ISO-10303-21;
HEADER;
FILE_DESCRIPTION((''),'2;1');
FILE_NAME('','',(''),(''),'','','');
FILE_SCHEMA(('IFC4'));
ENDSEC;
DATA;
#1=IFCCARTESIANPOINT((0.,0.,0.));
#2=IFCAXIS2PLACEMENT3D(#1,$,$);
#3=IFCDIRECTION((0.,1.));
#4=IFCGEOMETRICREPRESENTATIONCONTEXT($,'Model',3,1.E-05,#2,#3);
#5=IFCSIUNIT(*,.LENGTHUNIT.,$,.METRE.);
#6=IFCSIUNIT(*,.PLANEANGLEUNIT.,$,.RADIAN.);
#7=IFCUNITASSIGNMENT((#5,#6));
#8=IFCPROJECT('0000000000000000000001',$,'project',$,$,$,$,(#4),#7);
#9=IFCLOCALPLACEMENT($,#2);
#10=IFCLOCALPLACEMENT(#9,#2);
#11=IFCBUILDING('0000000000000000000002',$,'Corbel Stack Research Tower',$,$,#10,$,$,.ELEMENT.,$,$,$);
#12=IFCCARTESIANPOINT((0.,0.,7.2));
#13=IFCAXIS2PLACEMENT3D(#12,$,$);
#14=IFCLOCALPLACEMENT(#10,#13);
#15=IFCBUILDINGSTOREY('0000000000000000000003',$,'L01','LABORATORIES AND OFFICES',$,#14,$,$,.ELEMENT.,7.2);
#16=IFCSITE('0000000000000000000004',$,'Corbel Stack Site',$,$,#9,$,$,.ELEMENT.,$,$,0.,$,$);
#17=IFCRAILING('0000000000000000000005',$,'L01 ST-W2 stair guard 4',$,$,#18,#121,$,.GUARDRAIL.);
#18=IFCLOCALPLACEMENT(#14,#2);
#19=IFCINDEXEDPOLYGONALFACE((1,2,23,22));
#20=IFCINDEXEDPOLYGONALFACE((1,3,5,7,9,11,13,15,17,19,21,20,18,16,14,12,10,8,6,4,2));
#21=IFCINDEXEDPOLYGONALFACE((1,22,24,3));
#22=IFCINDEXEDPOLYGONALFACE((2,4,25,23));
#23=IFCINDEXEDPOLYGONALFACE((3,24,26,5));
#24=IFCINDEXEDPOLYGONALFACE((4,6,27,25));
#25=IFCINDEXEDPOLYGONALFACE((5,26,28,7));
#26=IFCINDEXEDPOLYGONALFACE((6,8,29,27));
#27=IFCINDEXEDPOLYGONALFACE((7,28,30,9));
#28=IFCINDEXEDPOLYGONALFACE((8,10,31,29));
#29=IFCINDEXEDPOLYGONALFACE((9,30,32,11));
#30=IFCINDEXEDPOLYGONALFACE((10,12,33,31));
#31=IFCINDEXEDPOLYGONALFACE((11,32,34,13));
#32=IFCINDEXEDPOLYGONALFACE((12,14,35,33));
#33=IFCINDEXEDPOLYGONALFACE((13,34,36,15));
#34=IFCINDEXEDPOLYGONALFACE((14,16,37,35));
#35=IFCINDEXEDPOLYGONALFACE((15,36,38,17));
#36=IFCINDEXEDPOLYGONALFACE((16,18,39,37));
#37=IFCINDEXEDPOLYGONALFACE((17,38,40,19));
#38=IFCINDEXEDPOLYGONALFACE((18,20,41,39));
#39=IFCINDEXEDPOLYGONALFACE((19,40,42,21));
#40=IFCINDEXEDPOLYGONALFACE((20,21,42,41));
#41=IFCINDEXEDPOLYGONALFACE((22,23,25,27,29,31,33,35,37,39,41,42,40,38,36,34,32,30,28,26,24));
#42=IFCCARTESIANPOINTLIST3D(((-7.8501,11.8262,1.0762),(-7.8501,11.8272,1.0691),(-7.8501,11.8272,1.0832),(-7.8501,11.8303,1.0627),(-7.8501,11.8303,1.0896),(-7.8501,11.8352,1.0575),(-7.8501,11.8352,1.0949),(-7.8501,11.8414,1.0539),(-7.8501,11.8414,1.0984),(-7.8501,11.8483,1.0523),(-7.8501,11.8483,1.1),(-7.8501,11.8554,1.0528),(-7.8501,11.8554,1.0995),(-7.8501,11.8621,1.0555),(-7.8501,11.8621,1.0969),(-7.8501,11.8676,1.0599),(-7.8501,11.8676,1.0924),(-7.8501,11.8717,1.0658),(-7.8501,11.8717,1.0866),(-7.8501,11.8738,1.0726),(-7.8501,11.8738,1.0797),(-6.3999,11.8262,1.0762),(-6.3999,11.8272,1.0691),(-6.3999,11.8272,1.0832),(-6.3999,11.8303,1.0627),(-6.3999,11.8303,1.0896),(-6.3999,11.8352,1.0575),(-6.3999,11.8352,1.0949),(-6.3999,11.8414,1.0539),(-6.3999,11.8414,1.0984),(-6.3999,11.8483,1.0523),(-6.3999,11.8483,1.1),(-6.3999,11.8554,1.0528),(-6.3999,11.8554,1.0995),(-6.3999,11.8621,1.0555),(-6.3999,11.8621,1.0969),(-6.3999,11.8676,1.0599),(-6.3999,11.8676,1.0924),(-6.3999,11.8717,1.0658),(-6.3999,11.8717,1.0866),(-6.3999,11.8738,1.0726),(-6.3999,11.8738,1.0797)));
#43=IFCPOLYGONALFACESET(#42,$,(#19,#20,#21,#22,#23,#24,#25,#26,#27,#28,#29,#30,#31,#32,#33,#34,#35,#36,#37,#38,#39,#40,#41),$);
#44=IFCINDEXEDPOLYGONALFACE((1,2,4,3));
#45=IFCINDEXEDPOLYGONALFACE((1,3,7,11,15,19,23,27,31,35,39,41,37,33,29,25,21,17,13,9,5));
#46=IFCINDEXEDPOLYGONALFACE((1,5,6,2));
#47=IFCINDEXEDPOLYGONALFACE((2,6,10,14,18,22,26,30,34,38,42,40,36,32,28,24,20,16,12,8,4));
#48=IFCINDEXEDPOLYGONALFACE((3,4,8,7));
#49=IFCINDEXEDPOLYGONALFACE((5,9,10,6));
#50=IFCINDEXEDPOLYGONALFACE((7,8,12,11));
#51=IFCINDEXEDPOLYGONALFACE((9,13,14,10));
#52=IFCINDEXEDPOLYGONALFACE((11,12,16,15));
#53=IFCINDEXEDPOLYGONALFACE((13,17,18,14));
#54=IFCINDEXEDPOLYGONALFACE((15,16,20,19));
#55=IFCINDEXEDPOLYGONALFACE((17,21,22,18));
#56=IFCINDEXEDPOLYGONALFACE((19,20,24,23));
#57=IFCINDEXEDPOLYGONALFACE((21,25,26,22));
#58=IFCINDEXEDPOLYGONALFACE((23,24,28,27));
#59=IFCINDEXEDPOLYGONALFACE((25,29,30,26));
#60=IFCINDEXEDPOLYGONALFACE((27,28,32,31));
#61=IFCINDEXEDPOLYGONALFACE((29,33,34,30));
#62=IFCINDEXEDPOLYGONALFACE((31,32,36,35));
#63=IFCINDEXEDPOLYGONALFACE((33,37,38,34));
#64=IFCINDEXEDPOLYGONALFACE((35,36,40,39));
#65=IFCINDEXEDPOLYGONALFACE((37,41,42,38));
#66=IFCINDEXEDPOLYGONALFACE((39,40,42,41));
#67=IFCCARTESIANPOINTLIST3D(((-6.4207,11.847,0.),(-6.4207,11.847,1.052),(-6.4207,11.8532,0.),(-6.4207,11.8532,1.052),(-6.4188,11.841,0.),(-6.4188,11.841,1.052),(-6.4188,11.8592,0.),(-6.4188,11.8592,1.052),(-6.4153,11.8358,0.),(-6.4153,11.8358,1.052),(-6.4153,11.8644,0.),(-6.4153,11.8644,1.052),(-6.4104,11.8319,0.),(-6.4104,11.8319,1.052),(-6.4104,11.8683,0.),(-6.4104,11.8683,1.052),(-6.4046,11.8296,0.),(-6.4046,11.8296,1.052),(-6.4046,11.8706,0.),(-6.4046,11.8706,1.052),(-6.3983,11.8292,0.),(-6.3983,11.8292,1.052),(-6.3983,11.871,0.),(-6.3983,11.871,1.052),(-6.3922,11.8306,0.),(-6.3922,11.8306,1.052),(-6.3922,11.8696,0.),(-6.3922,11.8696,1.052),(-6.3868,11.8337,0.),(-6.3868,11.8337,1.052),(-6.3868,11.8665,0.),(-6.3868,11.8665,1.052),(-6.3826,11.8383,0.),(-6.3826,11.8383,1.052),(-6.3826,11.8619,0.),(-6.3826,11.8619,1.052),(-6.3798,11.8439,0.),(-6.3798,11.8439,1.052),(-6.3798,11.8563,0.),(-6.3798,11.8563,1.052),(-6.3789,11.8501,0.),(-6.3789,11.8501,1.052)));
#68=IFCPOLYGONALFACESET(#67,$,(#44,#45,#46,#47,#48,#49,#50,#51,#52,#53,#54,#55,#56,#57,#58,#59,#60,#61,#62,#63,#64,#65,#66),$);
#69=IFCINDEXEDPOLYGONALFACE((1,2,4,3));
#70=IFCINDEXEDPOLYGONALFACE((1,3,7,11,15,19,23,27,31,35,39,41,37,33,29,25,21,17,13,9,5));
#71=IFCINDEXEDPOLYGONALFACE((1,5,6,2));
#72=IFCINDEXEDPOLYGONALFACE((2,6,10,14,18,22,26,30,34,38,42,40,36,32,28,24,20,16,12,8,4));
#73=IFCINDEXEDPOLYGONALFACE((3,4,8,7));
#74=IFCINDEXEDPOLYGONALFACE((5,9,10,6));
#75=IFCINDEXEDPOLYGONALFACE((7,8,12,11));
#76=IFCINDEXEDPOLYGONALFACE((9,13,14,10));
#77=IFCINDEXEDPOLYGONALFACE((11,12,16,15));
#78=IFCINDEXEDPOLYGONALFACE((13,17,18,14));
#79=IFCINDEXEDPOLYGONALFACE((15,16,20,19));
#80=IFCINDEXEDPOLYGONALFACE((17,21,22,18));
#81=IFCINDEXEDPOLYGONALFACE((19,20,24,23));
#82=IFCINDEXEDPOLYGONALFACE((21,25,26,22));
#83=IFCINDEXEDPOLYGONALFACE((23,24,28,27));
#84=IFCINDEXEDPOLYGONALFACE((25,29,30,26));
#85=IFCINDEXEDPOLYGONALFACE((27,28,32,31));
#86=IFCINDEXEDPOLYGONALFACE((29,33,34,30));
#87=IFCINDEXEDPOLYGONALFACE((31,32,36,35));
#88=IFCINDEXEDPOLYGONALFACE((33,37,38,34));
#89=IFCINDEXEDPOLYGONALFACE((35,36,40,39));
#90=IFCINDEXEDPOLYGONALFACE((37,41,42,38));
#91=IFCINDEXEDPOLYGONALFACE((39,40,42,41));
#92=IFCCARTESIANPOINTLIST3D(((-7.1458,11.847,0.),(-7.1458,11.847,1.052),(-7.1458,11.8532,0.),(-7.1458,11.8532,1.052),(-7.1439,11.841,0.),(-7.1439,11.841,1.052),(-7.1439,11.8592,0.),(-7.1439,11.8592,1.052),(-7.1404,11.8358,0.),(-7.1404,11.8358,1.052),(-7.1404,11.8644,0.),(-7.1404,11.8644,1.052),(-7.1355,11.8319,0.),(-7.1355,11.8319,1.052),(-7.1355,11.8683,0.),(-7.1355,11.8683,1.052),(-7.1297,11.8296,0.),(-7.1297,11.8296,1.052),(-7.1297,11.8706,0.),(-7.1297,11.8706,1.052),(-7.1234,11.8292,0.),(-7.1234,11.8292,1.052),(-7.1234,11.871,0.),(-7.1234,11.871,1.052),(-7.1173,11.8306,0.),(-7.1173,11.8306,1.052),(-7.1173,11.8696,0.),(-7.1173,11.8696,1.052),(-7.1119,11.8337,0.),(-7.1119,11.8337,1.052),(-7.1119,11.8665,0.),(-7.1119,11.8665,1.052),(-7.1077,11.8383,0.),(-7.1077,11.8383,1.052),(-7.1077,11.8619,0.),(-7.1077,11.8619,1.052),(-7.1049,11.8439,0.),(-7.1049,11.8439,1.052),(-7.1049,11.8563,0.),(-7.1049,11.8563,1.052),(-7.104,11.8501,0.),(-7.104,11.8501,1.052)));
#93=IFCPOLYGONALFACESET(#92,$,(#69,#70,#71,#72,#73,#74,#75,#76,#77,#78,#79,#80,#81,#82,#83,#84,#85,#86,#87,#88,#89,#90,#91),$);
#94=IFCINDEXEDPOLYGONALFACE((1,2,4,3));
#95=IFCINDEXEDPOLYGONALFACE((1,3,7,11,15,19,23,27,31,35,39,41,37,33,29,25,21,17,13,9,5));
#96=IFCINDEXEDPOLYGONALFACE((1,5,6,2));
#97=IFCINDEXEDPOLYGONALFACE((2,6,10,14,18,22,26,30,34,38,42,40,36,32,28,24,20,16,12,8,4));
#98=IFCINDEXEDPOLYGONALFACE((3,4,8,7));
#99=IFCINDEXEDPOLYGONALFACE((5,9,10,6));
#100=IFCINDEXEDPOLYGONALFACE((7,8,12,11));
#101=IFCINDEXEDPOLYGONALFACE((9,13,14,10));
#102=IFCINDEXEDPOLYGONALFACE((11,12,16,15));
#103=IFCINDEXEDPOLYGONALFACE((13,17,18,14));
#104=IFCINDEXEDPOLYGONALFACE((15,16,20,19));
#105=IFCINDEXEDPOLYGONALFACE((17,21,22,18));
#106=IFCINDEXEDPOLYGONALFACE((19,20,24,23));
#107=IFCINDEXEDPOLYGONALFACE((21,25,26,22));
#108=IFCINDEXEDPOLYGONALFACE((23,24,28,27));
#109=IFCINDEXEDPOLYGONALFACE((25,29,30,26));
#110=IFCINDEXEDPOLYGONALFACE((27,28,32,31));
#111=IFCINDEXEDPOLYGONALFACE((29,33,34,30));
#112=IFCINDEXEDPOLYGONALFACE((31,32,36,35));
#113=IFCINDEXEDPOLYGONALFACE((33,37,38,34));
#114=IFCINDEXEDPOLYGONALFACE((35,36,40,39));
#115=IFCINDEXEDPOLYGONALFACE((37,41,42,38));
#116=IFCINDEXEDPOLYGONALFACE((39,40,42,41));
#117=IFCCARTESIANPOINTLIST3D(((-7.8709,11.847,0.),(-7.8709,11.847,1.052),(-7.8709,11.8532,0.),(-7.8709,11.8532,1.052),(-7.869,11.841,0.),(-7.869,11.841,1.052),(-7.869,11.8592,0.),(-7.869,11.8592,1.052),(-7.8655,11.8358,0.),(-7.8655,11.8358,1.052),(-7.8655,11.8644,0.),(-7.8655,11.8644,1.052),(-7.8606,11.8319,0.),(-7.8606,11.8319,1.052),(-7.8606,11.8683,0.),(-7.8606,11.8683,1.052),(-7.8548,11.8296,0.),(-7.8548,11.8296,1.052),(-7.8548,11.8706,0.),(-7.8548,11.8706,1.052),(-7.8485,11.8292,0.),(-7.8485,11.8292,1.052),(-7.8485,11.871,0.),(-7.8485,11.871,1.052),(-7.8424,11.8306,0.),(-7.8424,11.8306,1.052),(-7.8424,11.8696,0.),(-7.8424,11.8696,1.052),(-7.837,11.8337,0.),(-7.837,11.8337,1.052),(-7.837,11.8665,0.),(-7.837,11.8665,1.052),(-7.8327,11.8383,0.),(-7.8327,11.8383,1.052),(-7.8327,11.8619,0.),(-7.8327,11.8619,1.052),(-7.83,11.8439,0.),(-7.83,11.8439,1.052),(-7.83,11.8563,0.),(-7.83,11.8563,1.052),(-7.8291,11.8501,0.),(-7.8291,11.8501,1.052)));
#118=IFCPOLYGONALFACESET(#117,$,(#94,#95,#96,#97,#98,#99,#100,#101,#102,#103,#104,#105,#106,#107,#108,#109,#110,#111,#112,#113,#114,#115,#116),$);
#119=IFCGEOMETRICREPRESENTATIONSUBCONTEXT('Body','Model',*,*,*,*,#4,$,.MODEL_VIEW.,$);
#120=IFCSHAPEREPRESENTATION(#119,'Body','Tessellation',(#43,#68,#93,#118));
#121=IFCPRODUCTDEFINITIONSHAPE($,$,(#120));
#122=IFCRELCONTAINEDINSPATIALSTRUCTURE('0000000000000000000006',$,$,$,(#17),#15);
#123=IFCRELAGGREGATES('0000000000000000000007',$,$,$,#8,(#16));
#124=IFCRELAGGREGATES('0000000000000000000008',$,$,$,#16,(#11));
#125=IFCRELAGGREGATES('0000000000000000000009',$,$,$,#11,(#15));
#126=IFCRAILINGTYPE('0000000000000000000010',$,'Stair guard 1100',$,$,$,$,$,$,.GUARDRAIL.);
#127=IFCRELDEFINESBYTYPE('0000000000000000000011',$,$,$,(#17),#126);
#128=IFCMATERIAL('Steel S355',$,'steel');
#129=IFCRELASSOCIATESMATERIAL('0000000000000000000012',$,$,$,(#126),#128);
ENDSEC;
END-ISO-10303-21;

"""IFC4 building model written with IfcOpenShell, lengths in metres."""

from ifc_helpers import new_model, si_unit, direction, frame, origin, origin_2d, place, context, subcontext, project, spatial, circle, extrude, material, type_object, element, save


model = new_model("IFC4")

# Units and contexts
model_context = context("Model", 3, precision=1e-05, world=origin(), true_north=direction((0.0, 1.0)))
body_context = subcontext(model_context, "Body", "Model", "MODEL_VIEW")
ifc_project = project(units=[si_unit("LENGTHUNIT", "METRE"), si_unit("PLANEANGLEUNIT", "RADIAN")], contexts=[model_context])

# Site, building, storey
site_placement = place(None, origin())
site = spatial("IfcSite", under=ifc_project, at=site_placement, Name="Corbel Stack Site", CompositionType="ELEMENT", RefElevation=0.0)
building_placement = place(site_placement, origin())
building = spatial("IfcBuilding", under=site, at=building_placement, Name="Corbel Stack Research Tower", CompositionType="ELEMENT")
storey_placement = place(building_placement, frame((0.0, 0.0, 7.2)))
storey = spatial("IfcBuildingStorey", under=building, at=storey_placement, Name="L01", Description="LABORATORIES AND OFFICES", CompositionType="ELEMENT", Elevation=7.2)

# Railing
ifc_material_1 = material(Name="Steel S355", Category="steel")
railing_type_1 = type_object("IfcRailingType", Name="Stair guard 1100", PredefinedType="GUARDRAIL", material=ifc_material_1)
railing_1_placement = place(storey_placement, frame((-6.3999, 11.8501, 0.0)))
element("IfcRailing", 1, at=railing_1_placement, inside=storey, type_object=railing_type_1, Name="L01 ST-W2 stair guard 4", PredefinedType="GUARDRAIL", context=body_context, shape_type="SweptSolid", body=[
    extrude(circle(Radius=0.0239, at=origin_2d()), frame((0.0, 0.0, 1.0762), z_axis=(-1.0, 0.0, 0.0), x_axis=(0.0, -1.0, 0.0)), (0.0, 0.0, 1.0), 1.4502),
    extrude(circle(Radius=0.021, at=origin_2d()), origin(), (0.0, 0.0, 1.0), 1.052),
    extrude(circle(Radius=0.021, at=origin_2d()), frame((-0.7251, 0.0, 0.0)), (0.0, 0.0, 1.0), 1.052),
    extrude(circle(Radius=0.021, at=origin_2d()), frame((-1.4502, 0.0, 0.0)), (0.0, 0.0, 1.0), 1.052),
])

save(model, "model.ifc")
